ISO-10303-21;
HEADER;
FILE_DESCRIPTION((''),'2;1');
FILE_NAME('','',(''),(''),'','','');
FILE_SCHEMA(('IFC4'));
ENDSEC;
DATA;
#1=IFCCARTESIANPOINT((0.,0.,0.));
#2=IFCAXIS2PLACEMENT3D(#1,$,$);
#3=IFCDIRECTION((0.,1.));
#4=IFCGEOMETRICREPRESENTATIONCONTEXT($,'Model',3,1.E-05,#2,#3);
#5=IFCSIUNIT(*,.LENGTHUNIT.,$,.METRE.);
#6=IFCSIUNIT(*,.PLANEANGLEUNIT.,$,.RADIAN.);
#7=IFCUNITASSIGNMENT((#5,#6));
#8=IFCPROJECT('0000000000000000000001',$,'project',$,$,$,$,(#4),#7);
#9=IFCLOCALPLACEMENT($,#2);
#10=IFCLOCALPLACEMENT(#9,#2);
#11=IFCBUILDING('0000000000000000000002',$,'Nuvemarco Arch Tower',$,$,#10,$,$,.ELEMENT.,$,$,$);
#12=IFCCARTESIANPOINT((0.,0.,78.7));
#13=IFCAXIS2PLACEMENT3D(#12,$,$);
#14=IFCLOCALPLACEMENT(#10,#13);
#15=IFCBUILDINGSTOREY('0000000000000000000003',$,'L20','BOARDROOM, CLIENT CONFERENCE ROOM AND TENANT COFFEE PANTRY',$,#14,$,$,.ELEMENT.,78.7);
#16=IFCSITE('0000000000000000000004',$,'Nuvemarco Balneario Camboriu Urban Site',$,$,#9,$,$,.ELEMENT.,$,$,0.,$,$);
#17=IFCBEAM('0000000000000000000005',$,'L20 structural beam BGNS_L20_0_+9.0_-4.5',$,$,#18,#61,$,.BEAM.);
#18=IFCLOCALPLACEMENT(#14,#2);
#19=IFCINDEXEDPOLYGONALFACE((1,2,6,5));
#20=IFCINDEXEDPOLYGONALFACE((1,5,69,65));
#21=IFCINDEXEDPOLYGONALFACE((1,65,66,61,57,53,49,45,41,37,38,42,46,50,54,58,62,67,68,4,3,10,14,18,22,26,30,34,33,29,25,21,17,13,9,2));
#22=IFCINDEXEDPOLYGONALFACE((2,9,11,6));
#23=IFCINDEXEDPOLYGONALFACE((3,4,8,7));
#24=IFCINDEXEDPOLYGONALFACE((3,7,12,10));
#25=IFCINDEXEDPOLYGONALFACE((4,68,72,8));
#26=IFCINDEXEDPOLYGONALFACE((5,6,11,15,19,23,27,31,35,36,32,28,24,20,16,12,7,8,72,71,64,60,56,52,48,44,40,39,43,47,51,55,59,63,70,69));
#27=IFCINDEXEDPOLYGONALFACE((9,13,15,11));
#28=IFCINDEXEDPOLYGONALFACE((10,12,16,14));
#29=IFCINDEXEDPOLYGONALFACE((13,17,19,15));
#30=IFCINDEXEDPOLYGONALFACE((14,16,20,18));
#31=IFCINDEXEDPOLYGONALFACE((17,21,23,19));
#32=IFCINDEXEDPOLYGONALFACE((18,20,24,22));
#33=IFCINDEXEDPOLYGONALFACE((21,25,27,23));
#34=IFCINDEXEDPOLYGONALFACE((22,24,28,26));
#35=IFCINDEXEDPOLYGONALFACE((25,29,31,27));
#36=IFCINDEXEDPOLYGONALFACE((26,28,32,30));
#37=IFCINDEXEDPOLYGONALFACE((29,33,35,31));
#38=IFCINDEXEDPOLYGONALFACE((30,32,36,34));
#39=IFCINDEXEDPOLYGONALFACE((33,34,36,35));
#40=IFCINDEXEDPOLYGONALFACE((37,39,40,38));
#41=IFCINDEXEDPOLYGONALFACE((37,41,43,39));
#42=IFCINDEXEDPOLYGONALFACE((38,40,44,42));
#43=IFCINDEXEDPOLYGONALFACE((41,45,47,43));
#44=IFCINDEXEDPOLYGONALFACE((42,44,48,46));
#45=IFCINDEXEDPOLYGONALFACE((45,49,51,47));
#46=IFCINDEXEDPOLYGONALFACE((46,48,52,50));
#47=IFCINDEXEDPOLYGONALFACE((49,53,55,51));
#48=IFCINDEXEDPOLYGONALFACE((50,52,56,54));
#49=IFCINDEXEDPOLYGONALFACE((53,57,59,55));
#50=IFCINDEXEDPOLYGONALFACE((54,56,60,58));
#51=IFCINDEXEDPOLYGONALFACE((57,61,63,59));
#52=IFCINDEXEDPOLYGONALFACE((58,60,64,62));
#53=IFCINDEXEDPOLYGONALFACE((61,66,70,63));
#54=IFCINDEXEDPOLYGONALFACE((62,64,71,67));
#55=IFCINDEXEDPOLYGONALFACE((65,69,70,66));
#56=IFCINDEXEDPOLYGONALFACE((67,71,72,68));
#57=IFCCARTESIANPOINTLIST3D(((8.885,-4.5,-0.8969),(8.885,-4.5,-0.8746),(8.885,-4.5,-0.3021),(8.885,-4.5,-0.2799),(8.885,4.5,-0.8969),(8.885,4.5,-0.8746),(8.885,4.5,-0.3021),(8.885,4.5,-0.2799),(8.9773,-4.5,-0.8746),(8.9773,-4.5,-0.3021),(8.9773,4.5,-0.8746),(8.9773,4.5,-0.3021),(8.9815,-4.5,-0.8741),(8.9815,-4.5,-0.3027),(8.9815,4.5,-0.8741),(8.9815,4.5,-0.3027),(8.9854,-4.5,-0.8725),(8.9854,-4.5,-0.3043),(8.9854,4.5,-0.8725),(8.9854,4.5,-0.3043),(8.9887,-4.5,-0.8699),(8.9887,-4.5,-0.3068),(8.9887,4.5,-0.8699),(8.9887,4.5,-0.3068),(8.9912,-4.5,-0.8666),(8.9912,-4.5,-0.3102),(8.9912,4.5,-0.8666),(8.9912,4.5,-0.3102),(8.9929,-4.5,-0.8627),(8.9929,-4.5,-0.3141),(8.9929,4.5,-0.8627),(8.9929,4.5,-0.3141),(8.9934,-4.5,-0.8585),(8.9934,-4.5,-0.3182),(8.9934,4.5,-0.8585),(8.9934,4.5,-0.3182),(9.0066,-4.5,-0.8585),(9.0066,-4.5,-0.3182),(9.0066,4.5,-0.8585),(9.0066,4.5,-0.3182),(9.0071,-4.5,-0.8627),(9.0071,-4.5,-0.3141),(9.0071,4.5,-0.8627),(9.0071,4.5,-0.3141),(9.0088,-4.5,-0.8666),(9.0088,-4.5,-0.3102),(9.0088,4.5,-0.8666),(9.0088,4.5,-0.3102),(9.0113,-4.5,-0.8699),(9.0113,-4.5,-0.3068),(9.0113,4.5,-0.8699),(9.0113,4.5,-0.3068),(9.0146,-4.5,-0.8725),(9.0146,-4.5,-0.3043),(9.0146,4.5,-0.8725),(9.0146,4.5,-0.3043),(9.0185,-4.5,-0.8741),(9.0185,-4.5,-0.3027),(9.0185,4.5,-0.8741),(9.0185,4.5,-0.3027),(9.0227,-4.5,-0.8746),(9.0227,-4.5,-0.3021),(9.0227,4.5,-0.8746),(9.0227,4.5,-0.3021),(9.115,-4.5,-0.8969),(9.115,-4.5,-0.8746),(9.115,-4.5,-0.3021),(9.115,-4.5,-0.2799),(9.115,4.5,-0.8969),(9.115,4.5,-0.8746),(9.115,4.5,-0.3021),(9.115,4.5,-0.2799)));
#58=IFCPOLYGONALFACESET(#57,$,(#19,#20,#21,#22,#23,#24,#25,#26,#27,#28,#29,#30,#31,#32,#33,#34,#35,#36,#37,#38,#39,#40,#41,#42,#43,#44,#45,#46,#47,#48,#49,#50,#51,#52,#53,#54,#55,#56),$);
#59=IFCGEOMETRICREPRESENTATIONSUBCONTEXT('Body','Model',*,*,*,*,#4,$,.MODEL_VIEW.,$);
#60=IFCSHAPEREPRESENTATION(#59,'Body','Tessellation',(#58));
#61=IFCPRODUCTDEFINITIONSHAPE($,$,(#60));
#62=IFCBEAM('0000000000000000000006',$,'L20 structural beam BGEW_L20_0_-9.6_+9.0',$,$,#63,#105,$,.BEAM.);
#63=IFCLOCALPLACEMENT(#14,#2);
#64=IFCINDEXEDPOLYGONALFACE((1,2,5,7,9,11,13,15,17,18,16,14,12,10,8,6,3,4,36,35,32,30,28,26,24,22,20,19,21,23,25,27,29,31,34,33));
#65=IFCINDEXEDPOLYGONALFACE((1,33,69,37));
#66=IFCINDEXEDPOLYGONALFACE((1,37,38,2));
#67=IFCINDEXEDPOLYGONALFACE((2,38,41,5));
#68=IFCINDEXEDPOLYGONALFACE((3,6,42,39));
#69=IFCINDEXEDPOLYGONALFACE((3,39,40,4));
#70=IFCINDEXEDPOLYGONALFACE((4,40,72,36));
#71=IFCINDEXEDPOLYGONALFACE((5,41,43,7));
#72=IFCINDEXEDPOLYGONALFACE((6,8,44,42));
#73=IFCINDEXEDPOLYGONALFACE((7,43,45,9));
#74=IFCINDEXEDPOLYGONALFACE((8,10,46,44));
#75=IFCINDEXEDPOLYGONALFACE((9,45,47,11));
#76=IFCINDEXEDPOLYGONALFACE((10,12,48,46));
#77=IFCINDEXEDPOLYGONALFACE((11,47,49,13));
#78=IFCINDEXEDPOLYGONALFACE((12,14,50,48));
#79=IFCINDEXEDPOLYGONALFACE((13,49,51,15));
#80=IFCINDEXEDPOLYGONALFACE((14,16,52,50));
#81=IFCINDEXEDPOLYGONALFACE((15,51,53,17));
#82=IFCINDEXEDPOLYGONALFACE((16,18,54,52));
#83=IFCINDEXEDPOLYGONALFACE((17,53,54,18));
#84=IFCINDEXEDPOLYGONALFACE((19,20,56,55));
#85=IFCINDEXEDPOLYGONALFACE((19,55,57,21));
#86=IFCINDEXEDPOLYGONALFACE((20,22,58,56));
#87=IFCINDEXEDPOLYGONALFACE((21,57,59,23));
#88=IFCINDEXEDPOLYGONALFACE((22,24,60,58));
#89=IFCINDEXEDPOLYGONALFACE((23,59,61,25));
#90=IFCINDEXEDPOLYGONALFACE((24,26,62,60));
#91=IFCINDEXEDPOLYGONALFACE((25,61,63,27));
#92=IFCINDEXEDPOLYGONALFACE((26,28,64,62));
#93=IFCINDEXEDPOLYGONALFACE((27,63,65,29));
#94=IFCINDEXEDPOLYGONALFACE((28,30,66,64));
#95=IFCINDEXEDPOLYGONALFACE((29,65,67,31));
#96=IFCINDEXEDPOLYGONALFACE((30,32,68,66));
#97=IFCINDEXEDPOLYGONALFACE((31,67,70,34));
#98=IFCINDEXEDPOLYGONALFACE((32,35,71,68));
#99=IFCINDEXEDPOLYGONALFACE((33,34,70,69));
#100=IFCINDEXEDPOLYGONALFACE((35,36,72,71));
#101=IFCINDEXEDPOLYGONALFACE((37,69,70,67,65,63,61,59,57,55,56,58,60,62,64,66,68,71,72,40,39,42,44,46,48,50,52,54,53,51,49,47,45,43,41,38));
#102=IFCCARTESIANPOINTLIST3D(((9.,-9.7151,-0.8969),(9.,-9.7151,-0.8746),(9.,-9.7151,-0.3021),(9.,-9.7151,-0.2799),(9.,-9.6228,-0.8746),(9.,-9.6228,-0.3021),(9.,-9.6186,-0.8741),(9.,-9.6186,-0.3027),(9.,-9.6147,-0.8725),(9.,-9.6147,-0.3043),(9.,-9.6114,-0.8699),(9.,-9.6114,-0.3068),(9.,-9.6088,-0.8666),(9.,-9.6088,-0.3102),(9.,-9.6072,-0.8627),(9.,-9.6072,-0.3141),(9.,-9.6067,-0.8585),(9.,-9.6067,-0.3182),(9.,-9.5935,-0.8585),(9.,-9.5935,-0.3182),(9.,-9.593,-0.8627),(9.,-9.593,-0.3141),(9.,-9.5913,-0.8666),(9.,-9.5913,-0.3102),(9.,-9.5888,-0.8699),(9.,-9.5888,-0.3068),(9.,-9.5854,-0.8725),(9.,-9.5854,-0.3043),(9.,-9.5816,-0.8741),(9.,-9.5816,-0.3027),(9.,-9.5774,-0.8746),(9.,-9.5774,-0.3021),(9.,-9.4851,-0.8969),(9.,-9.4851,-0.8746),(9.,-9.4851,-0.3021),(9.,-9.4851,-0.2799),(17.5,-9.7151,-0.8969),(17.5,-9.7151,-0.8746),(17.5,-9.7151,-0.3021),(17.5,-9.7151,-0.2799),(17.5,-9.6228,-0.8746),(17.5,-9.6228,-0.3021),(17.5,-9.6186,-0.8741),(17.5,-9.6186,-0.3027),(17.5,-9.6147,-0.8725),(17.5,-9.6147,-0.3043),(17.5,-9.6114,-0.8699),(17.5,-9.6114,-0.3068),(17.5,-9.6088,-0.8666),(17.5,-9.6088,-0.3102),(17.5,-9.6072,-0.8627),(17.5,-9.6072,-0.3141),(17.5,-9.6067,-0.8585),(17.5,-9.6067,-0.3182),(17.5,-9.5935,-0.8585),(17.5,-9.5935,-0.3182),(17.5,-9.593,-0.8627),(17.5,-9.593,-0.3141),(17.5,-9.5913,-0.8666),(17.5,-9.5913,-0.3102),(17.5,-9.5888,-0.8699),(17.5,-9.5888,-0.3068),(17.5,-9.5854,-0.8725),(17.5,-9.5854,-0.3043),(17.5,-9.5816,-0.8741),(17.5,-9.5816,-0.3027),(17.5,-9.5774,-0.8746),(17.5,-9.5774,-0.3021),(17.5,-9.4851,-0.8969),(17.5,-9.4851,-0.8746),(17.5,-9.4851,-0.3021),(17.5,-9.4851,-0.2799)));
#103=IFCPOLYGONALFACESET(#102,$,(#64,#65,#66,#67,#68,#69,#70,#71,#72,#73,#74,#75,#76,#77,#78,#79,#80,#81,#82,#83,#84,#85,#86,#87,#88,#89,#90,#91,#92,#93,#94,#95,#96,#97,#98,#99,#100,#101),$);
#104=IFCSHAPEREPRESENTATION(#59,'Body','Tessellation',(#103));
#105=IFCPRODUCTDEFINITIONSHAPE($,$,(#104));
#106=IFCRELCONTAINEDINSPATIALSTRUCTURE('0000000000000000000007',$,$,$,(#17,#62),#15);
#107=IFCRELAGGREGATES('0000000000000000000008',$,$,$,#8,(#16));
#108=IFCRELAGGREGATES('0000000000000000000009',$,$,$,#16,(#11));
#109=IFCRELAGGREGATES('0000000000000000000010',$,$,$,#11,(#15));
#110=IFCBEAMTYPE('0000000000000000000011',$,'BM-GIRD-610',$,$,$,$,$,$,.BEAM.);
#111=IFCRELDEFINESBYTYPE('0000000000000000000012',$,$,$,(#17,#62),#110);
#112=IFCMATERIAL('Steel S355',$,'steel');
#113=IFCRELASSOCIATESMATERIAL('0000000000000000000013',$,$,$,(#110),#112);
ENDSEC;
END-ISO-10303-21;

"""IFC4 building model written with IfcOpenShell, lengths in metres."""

from ifc_helpers import new_model, si_unit, direction, frame, origin, origin_2d, place, context, subcontext, project, spatial, i_section, extrude, material, material_profile, profile_set, type_object, element, save


model = new_model("IFC4")

# Units and contexts
model_context = context("Model", 3, precision=1e-05, world=origin(), true_north=direction((0.0, 1.0)))
body_context = subcontext(model_context, "Body", "Model", "MODEL_VIEW")
ifc_project = project(units=[si_unit("LENGTHUNIT", "METRE"), si_unit("PLANEANGLEUNIT", "RADIAN")], contexts=[model_context])

# Site, building, storey
site_placement = place(None, origin())
site = spatial("IfcSite", under=ifc_project, at=site_placement, Name="Nuvemarco Balneario Camboriu Urban Site", CompositionType="ELEMENT", RefElevation=0.0)
building_placement = place(site_placement, origin())
building = spatial("IfcBuilding", under=site, at=building_placement, Name="Nuvemarco Arch Tower", CompositionType="ELEMENT")
storey_placement = place(building_placement, frame((0.0, 0.0, 78.7)))
storey = spatial("IfcBuildingStorey", under=building, at=storey_placement, Name="L20", Description="BOARDROOM, CLIENT CONFERENCE ROOM AND TENANT COFFEE PANTRY", CompositionType="ELEMENT", Elevation=78.7)

# Shared definitions
ifc_material_1 = material(Name="Steel S355", Category="steel")

# Beams
ifc_material_profile_1 = material_profile(ifc_material_1, i_section(OverallWidth=0.23, OverallDepth=0.6169, WebThickness=0.0132, FlangeThickness=0.0222, FilletRadius=0.0161, at=origin_2d()), Name="W610x140")
ifc_profile_set_1 = profile_set([ifc_material_profile_1], Name="Steel S355")
beam_type_1 = type_object("IfcBeamType", Name="BM-GIRD-610", PredefinedType="BEAM", material=ifc_profile_set_1)
beam_1_placement = place(storey_placement, frame((9.0, -4.5, -0.5884), z_axis=(0.0, 1.0, 0.0), x_axis=(-1.0, 0.0, 0.0)))
element("IfcBeam", 1, at=beam_1_placement, inside=storey, type_object=beam_type_1, Name="L20 structural beam BGNS_L20_0_+9.0_-4.5", PredefinedType="BEAM", context=body_context, shape_type="SweptSolid", body=[
    extrude(i_section(OverallWidth=0.23, OverallDepth=0.6169, WebThickness=0.0132, FlangeThickness=0.0222, FilletRadius=0.0161, at=origin_2d()), origin(), (0.0, 0.0, 1.0), 9.0),
])
beam_2_placement = place(storey_placement, frame((9.0, -9.6001, -0.5884), z_axis=(1.0, 0.0, 0.0), x_axis=(0.0, 1.0, 0.0)))
element("IfcBeam", 2, at=beam_2_placement, inside=storey, type_object=beam_type_1, Name="L20 structural beam BGEW_L20_0_-9.6_+9.0", PredefinedType="BEAM", context=body_context, shape_type="SweptSolid", body=[
    extrude(i_section(OverallWidth=0.23, OverallDepth=0.6169, WebThickness=0.0132, FlangeThickness=0.0222, FilletRadius=0.0161, at=origin_2d()), origin(), (0.0, 0.0, 1.0), 8.5),
])

save(model, "model.ifc")
